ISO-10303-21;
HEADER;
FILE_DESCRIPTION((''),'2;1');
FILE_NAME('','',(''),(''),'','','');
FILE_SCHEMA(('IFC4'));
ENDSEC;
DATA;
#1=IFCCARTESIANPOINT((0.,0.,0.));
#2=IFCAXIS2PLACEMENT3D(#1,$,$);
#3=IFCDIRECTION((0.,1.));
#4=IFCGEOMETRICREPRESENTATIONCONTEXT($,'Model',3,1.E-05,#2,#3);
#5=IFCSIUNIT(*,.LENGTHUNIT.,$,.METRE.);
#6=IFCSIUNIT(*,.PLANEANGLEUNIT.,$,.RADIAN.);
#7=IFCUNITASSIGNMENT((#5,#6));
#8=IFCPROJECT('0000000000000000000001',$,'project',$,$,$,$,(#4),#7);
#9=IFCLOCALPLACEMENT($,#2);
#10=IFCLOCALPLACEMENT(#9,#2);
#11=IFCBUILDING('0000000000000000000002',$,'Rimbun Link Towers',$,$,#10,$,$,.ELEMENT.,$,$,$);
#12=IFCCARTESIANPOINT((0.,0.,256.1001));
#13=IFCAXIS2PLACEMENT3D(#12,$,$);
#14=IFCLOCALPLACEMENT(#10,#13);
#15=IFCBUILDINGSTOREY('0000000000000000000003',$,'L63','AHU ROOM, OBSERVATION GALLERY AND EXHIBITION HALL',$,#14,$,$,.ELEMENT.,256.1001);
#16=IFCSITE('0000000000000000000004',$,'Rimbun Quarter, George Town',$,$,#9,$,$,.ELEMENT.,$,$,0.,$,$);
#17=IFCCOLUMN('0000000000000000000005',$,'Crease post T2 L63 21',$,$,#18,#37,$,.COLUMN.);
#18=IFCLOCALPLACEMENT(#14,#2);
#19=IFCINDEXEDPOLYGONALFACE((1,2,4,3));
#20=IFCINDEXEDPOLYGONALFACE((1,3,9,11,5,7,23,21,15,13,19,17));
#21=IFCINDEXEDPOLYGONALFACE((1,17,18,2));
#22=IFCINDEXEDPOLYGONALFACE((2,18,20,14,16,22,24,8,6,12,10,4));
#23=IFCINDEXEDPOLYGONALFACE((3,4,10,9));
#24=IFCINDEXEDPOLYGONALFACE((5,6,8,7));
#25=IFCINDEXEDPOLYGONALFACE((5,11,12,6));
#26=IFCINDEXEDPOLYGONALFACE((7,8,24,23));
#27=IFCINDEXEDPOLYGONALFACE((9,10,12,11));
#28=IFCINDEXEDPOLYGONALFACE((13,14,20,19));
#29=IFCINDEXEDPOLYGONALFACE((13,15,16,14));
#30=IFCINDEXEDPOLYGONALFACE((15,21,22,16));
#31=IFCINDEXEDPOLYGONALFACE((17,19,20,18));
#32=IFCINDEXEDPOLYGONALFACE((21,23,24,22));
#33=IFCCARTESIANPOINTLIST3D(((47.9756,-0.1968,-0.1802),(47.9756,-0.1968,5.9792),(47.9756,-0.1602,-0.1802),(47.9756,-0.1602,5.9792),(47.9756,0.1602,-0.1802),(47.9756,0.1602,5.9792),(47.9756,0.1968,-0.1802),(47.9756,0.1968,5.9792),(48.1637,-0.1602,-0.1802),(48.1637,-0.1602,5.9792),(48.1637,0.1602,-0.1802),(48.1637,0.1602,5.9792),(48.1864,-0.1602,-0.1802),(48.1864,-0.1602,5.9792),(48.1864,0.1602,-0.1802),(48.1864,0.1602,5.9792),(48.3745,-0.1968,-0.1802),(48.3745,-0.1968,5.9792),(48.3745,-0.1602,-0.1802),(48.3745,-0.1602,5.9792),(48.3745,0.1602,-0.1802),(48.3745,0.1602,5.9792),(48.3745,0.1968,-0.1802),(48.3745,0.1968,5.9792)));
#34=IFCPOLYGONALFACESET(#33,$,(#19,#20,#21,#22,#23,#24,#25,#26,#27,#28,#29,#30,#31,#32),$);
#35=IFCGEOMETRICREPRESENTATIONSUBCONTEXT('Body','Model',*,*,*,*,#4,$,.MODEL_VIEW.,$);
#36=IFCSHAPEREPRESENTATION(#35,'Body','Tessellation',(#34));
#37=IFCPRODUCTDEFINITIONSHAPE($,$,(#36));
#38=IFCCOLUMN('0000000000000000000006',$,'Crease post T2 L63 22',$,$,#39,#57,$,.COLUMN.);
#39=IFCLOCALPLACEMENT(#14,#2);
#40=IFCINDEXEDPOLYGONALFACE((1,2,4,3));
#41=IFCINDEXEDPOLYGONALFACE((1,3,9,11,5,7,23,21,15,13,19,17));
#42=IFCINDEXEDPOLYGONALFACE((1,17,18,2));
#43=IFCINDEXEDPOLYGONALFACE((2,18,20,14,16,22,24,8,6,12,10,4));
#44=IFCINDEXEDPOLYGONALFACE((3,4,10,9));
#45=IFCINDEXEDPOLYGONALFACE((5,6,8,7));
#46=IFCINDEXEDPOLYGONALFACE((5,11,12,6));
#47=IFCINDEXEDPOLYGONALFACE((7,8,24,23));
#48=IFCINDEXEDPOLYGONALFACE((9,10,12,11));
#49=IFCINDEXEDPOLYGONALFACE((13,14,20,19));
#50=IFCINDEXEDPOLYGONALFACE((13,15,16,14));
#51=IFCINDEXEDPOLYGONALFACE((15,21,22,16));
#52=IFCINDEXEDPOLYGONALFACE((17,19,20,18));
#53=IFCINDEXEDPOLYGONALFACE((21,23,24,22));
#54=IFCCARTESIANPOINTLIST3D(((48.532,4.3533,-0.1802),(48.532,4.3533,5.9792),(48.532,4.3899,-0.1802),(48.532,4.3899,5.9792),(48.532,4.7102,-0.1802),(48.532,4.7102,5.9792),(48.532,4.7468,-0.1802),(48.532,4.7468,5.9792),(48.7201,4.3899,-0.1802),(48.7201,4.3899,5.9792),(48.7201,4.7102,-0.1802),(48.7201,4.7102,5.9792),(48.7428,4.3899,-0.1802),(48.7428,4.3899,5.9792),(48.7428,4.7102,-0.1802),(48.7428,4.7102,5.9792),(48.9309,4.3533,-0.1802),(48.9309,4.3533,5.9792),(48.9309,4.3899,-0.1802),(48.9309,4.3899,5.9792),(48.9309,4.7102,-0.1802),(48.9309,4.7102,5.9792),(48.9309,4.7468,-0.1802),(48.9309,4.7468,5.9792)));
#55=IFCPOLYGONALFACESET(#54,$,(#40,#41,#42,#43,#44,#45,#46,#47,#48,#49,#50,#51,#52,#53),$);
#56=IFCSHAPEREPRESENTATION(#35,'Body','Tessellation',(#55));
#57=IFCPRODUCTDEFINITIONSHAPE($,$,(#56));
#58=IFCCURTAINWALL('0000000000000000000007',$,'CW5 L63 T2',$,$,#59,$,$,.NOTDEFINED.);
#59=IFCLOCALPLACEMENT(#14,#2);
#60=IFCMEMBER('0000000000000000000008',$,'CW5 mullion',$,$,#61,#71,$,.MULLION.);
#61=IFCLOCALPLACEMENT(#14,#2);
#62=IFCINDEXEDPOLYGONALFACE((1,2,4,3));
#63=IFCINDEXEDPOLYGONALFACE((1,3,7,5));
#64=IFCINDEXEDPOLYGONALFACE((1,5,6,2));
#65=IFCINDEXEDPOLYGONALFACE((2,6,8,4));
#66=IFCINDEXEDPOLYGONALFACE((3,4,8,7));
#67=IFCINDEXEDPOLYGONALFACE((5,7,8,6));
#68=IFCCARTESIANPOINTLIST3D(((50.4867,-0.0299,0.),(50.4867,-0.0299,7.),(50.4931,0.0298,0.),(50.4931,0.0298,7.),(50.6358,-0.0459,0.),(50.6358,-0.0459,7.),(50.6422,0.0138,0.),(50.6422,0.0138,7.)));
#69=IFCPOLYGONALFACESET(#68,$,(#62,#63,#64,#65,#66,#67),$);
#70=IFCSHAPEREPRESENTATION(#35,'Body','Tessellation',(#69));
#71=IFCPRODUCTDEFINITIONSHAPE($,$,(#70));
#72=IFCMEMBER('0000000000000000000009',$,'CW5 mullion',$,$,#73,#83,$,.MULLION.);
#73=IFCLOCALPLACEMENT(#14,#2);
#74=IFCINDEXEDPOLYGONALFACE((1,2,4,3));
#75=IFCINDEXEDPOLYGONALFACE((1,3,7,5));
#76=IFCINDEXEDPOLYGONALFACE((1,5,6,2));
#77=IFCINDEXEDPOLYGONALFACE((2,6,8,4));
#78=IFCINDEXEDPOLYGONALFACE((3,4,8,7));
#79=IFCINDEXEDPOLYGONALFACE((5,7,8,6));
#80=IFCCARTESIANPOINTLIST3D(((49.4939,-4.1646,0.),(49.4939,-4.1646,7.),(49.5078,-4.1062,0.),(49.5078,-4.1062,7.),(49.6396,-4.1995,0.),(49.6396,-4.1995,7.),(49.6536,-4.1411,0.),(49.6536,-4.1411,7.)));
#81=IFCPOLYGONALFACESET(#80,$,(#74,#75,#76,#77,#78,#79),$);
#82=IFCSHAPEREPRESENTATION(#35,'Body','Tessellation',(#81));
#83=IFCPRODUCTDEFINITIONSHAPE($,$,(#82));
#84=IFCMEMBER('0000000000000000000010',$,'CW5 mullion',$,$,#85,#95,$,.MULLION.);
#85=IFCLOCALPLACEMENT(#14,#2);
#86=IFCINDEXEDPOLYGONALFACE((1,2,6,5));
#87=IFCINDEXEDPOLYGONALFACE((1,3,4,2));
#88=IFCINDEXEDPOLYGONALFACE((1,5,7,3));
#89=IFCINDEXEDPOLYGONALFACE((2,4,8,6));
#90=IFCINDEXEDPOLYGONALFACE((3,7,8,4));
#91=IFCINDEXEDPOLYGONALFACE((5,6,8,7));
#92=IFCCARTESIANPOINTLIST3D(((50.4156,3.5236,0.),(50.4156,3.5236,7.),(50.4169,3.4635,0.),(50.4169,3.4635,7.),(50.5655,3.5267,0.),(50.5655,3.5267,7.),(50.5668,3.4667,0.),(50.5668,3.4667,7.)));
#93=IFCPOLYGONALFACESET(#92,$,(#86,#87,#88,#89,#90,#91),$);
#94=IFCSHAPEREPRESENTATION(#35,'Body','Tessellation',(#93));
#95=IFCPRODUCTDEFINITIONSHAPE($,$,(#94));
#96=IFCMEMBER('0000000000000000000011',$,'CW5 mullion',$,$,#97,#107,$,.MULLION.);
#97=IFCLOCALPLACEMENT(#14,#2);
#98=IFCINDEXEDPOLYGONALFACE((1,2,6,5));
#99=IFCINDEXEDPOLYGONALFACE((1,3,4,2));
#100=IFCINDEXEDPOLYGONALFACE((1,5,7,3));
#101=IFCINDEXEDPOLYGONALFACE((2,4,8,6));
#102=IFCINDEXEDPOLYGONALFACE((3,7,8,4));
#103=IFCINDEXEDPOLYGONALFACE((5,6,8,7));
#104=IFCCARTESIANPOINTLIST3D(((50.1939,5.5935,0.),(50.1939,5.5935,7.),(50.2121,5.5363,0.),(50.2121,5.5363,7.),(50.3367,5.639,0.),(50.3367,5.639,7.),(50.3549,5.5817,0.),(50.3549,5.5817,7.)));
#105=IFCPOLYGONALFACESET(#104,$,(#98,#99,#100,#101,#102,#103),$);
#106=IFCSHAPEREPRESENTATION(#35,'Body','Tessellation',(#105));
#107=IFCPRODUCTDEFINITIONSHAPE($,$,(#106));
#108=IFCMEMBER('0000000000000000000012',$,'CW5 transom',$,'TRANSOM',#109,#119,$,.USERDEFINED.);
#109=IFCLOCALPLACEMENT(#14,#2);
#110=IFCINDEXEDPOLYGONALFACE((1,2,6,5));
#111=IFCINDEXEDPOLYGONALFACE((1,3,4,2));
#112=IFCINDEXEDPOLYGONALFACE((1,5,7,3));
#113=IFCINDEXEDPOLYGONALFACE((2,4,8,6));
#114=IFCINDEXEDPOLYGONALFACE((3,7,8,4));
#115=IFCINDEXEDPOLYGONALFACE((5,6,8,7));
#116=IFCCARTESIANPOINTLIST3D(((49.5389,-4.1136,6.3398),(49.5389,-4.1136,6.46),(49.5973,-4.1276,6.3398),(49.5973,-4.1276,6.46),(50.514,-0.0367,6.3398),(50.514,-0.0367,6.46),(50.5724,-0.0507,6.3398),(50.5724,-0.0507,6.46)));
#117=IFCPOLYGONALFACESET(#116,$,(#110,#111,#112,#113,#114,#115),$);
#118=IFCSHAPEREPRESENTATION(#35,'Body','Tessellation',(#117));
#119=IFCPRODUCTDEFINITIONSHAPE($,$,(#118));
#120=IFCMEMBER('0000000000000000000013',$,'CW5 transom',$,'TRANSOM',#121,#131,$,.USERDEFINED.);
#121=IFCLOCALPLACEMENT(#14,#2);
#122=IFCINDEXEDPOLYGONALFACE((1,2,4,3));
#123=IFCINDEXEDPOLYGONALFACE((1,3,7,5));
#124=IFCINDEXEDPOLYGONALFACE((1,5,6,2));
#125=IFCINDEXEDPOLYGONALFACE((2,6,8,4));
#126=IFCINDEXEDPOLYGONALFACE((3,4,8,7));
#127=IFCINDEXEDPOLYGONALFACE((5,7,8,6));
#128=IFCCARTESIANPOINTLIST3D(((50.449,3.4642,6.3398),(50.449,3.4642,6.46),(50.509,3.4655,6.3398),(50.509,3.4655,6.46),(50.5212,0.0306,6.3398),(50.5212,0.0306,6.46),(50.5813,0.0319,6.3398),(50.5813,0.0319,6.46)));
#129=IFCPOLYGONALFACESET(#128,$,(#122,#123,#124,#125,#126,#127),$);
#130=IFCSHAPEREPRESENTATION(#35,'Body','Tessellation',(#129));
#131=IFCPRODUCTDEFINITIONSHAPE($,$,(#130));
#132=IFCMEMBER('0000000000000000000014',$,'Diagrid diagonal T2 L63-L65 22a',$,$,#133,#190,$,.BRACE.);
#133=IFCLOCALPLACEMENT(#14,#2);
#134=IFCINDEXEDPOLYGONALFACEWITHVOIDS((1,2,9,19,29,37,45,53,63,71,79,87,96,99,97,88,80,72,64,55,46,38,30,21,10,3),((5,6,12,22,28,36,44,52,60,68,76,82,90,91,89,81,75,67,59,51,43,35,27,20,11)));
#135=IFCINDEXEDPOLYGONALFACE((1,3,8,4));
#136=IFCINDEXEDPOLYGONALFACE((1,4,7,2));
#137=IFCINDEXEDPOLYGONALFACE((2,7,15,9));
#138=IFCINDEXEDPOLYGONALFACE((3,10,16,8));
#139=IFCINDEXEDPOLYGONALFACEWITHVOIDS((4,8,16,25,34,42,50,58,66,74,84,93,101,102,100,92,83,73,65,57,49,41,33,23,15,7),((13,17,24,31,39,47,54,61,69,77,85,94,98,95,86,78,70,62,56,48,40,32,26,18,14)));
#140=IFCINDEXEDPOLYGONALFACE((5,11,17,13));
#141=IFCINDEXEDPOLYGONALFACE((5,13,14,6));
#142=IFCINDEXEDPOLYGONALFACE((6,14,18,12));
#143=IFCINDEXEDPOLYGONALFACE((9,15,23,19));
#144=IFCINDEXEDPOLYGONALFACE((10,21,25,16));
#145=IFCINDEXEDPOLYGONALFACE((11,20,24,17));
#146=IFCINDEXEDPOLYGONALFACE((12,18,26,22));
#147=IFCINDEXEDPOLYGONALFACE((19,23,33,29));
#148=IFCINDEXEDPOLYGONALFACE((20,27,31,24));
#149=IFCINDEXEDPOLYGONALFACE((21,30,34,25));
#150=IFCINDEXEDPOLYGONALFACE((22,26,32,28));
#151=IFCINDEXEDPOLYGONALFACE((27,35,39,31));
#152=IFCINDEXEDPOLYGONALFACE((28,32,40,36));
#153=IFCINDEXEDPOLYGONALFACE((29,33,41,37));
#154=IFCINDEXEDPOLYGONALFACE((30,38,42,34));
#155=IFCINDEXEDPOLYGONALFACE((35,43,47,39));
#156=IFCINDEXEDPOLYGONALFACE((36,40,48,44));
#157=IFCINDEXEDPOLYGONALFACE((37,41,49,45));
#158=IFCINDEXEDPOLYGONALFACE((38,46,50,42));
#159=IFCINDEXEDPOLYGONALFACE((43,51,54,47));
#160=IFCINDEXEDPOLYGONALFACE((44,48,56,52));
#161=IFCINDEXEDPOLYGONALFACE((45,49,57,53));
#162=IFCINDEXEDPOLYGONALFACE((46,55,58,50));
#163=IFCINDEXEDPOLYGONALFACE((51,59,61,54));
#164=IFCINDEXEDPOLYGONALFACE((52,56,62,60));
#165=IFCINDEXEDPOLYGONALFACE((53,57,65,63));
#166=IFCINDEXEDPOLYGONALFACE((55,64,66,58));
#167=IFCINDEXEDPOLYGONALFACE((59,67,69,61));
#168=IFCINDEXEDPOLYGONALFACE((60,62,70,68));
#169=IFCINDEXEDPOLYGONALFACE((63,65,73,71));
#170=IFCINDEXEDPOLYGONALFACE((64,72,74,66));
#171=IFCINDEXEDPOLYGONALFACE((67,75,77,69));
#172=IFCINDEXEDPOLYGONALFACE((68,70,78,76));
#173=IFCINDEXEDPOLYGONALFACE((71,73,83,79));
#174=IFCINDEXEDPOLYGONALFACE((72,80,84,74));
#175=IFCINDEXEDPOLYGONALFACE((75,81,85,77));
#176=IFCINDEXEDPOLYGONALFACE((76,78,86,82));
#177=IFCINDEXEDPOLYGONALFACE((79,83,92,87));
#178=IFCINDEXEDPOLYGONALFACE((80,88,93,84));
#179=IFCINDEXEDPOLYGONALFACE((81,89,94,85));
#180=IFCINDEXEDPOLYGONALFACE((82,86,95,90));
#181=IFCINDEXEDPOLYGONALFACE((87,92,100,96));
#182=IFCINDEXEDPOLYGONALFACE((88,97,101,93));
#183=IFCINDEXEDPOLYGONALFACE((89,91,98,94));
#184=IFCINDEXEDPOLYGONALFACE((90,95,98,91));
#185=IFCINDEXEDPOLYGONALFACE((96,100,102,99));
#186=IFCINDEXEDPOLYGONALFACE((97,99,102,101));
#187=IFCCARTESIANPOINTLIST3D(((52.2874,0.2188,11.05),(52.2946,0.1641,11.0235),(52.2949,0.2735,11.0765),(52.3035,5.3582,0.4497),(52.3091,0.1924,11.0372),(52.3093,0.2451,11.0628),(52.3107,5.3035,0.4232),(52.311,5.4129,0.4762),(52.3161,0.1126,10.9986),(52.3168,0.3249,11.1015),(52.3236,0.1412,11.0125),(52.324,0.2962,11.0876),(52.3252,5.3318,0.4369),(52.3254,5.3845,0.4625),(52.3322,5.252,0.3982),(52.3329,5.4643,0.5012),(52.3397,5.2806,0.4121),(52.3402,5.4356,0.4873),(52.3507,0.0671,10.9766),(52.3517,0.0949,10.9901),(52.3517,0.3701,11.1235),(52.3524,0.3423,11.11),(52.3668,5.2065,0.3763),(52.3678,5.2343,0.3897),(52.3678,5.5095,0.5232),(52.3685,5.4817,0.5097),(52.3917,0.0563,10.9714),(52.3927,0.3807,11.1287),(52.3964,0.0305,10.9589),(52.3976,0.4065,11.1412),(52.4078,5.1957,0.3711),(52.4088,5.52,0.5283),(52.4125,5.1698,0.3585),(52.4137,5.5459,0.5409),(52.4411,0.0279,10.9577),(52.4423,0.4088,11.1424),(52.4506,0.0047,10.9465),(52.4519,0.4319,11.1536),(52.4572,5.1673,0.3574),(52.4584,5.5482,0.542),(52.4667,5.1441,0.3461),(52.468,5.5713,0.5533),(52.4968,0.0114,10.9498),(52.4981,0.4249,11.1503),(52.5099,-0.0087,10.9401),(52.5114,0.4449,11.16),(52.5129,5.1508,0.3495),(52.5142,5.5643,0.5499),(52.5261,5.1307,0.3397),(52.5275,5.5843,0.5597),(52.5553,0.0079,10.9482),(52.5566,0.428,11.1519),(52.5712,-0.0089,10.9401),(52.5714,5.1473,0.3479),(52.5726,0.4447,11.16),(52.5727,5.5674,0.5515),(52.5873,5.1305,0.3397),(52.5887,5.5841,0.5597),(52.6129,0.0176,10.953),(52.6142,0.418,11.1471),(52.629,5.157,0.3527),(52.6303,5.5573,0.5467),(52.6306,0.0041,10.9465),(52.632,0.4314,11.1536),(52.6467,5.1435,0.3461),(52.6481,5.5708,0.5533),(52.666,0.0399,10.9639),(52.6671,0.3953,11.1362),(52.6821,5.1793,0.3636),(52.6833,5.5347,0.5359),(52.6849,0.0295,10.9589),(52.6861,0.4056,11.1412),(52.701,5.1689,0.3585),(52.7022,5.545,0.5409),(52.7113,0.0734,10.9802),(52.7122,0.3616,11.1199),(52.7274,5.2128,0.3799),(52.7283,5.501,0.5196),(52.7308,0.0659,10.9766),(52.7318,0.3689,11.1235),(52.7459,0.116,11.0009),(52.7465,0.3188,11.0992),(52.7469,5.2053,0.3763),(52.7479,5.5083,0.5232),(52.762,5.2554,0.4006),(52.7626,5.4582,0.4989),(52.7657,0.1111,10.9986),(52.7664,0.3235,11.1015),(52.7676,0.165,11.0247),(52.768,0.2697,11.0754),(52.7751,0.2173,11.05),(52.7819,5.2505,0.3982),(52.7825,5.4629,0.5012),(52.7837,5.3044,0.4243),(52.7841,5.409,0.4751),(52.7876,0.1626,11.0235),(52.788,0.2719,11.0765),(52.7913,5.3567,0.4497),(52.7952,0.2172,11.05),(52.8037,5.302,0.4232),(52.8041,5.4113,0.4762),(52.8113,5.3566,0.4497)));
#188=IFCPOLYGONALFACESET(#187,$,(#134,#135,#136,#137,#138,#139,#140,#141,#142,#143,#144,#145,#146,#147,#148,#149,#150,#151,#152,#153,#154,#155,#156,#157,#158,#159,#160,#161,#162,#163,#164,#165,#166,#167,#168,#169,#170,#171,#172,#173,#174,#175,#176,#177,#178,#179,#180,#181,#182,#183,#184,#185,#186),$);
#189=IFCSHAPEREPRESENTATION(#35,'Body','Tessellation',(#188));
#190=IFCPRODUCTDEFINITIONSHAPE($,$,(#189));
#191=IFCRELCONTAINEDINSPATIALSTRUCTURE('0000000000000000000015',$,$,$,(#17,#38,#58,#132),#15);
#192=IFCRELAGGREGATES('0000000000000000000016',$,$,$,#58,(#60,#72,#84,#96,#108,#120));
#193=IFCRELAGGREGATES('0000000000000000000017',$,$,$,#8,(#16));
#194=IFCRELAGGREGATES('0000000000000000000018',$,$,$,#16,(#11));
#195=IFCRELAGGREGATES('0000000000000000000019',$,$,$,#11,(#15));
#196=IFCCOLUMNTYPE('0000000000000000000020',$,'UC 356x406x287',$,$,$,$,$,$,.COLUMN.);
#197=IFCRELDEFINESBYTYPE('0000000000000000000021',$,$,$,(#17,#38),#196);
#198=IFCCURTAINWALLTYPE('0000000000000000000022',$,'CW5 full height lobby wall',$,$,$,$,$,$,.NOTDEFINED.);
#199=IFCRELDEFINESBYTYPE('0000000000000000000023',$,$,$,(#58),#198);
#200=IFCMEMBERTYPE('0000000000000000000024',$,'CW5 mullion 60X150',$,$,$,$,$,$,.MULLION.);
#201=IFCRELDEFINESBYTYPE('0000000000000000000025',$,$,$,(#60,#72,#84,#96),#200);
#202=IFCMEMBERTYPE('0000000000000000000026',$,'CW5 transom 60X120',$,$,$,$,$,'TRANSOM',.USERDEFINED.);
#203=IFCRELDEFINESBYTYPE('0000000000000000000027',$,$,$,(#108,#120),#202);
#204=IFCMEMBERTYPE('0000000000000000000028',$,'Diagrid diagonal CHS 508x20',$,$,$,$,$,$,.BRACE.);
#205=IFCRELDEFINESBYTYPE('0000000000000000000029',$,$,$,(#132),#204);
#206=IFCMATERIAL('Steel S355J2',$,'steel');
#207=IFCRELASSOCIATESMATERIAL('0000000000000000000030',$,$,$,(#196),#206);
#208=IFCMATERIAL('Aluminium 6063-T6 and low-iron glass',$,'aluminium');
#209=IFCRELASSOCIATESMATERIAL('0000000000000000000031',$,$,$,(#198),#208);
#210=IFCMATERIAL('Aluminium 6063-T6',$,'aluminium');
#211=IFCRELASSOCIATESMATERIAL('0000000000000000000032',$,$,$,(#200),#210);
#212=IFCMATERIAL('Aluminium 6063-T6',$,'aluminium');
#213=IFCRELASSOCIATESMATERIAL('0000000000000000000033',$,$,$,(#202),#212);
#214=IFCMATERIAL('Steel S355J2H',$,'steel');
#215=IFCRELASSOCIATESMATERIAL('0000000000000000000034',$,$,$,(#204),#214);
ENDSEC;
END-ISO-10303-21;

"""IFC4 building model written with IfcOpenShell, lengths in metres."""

from ifc_helpers import new_model, si_unit, direction, frame, origin, origin_2d, place, context, subcontext, project, spatial, rectangle, hollow_circle, i_section, extrude, material, material_profile, profile_set, type_object, element, aggregate, save


model = new_model("IFC4")

# Units and contexts
model_context = context("Model", 3, precision=1e-05, world=origin(), true_north=direction((0.0, 1.0)))
body_context = subcontext(model_context, "Body", "Model", "MODEL_VIEW")
ifc_project = project(units=[si_unit("LENGTHUNIT", "METRE"), si_unit("PLANEANGLEUNIT", "RADIAN")], contexts=[model_context])

# Site, building, storey
site_placement = place(None, origin())
site = spatial("IfcSite", under=ifc_project, at=site_placement, Name="Rimbun Quarter, George Town", CompositionType="ELEMENT", RefElevation=0.0)
building_placement = place(site_placement, origin())
building = spatial("IfcBuilding", under=site, at=building_placement, Name="Rimbun Link Towers", CompositionType="ELEMENT")
storey_placement = place(building_placement, frame((0.0, 0.0, 256.1001)))
storey = spatial("IfcBuildingStorey", under=building, at=storey_placement, Name="L63", Description="AHU ROOM, OBSERVATION GALLERY AND EXHIBITION HALL", CompositionType="ELEMENT", Elevation=256.1001)

# Columns
ifc_material_1 = material(Name="Steel S355J2", Category="steel")
ifc_material_profile_1 = material_profile(ifc_material_1, i_section(OverallWidth=0.3989, OverallDepth=0.3936, WebThickness=0.0227, FlangeThickness=0.0366, at=origin_2d()), Name="UC 356x406x287")
ifc_profile_set_1 = profile_set([ifc_material_profile_1], Name="Steel S355J2")
column_type = type_object("IfcColumnType", Name="UC 356x406x287", PredefinedType="COLUMN", material=ifc_profile_set_1)
for number, where, z_axis, x_axis, name in (
    (1, (48.175, 0.0, -0.1802), (0.0, 0.0, 1.0), (1.0, 0.0, 0.0), "Crease post T2 L63 21"),
    (2, (48.7314, 4.55, -0.1802), (0.0, 0.0, 1.0), (1.0, 0.0, 0.0), "Crease post T2 L63 22"),
):
    element("IfcColumn", number, at=place(storey_placement, frame(where, z_axis=z_axis, x_axis=x_axis)), inside=storey, type_object=column_type, Name=name, PredefinedType="COLUMN", context=body_context, shape_type="SweptSolid", body=[
        extrude(i_section(OverallWidth=0.3989, OverallDepth=0.3936, WebThickness=0.0227, FlangeThickness=0.0366, at=origin_2d()), origin(), (0.0, 0.0, 1.0), 6.1594),
    ])

# Curtain wall, members
ifc_material_2 = material(Name="Aluminium 6063-T6 and low-iron glass", Category="aluminium")
curtain_wall_type = type_object("IfcCurtainWallType", Name="CW5 full height lobby wall", PredefinedType="NOTDEFINED", material=ifc_material_2)
curtain_wall_placement = place(storey_placement, origin())
curtain_wall = element("IfcCurtainWall", 3, at=curtain_wall_placement, inside=storey, type_object=curtain_wall_type, Name="CW5 L63 T2", PredefinedType="NOTDEFINED")
ifc_material_3 = material(Name="Aluminium 6063-T6", Category="aluminium")
ifc_material_profile_2 = material_profile(ifc_material_3, rectangle(XDim=0.1499, YDim=0.0601, at=origin_2d()), Name="MULLION 60X150")
ifc_profile_set_2 = profile_set([ifc_material_profile_2], Name="Aluminium 6063-T6")
member_type_1 = type_object("IfcMemberType", Name="CW5 mullion 60X150", PredefinedType="MULLION", material=ifc_profile_set_2)
member_1_placement = place(storey_placement, frame((50.5645, -0.0081, 0.0), z_axis=(0.0, 0.0, 1.0), x_axis=(0.994297, -0.106642, 0.0)))
member_1 = element("IfcMember", 4, at=member_1_placement, type_object=member_type_1, Name="CW5 mullion", PredefinedType="MULLION", context=body_context, shape_type="SweptSolid", body=[
    extrude(rectangle(XDim=0.1499, YDim=0.0601, at=origin_2d()), origin(), (0.0, 0.0, 1.0), 7.0),
])
member_2_placement = place(storey_placement, frame((49.5737, -4.1528, 0.0), z_axis=(0.0, 0.0, 1.0), x_axis=(0.972571, -0.232606, 0.0)))
member_2 = element("IfcMember", 5, at=member_2_placement, type_object=member_type_1, Name="CW5 mullion", PredefinedType="MULLION", context=body_context, shape_type="SweptSolid", body=[
    extrude(rectangle(XDim=0.1499, YDim=0.0601, at=origin_2d()), origin(), (0.0, 0.0, 1.0), 7.0),
])
member_3_placement = place(storey_placement, frame((50.4912, 3.4951, 0.0), z_axis=(0.0, 0.0, 1.0), x_axis=(0.999778, 0.021064, 0.0)))
member_3 = element("IfcMember", 6, at=member_3_placement, type_object=member_type_1, Name="CW5 mullion", PredefinedType="MULLION", context=body_context, shape_type="SweptSolid", body=[
    extrude(rectangle(XDim=0.1499, YDim=0.0601, at=origin_2d()), origin(), (0.0, 0.0, 1.0), 7.0),
])
member_4_placement = place(storey_placement, frame((50.2744, 5.5876, 0.0), z_axis=(0.0, 0.0, 1.0), x_axis=(0.952967, 0.303074, 0.0)))
member_4 = element("IfcMember", 7, at=member_4_placement, type_object=member_type_1, Name="CW5 mullion", PredefinedType="MULLION", context=body_context, shape_type="SweptSolid", body=[
    extrude(rectangle(XDim=0.1499, YDim=0.0601, at=origin_2d()), origin(), (0.0, 0.0, 1.0), 7.0),
])
ifc_material_4 = material(Name="Aluminium 6063-T6", Category="aluminium")
ifc_material_profile_3 = material_profile(ifc_material_4, rectangle(XDim=0.0601, YDim=0.1201, at=origin_2d()), Name="TRANSOM 60X120")
ifc_profile_set_3 = profile_set([ifc_material_profile_3], Name="Aluminium 6063-T6")
member_type_2 = type_object("IfcMemberType", Name="CW5 transom 60X120", ElementType="TRANSOM", PredefinedType="USERDEFINED", material=ifc_profile_set_3)
member_5_placement = place(storey_placement, frame((50.5432, -0.0437, 6.3999), z_axis=(-0.232615, -0.972569, 0.0), x_axis=(0.972569, -0.232615, 0.0)))
member_5 = element("IfcMember", 8, at=member_5_placement, type_object=member_type_2, Name="CW5 transom", ObjectType="TRANSOM", PredefinedType="USERDEFINED", context=body_context, shape_type="SweptSolid", body=[
    extrude(rectangle(XDim=0.0601, YDim=0.1201, at=origin_2d()), origin(), (0.0, 0.0, 1.0), 4.1919),
])
member_6_placement = place(storey_placement, frame((50.479, 3.4648, 6.3999), z_axis=(0.021042, -0.999779, 0.0), x_axis=(0.999779, 0.021042, 0.0)))
member_6 = element("IfcMember", 9, at=member_6_placement, type_object=member_type_2, Name="CW5 transom", ObjectType="TRANSOM", PredefinedType="USERDEFINED", context=body_context, shape_type="SweptSolid", body=[
    extrude(rectangle(XDim=0.0601, YDim=0.1201, at=origin_2d()), origin(), (0.0, 0.0, 1.0), 3.4343),
])

# Member
ifc_material_5 = material(Name="Steel S355J2H", Category="steel")
ifc_material_profile_4 = material_profile(ifc_material_5, hollow_circle(Radius=0.2539, WallThickness=0.02, at=origin_2d()), Name="Diagrid diagonal CHS 508x20")
ifc_profile_set_4 = profile_set([ifc_material_profile_4], Name="Steel S355J2H")
member_type_3 = type_object("IfcMemberType", Name="Diagrid diagonal CHS 508x20", PredefinedType="BRACE", material=ifc_profile_set_4)
member_7_placement = place(storey_placement, frame((52.5574, 5.3574, 0.4497), z_axis=(-0.001368, -0.436262, 0.899818), x_axis=(0.999995, -0.003135, 0.0)))
element("IfcMember", 10, at=member_7_placement, inside=storey, type_object=member_type_3, Name="Diagrid diagonal T2 L63-L65 22a", PredefinedType="BRACE", context=body_context, shape_type="SweptSolid", body=[
    extrude(hollow_circle(Radius=0.2539, WallThickness=0.02, at=origin_2d()), origin(), (0.0, 0.0, 1.0), 11.7805),
])

aggregate(curtain_wall, [member_1, member_2, member_3, member_4, member_5, member_6])

save(model, "model.ifc")
